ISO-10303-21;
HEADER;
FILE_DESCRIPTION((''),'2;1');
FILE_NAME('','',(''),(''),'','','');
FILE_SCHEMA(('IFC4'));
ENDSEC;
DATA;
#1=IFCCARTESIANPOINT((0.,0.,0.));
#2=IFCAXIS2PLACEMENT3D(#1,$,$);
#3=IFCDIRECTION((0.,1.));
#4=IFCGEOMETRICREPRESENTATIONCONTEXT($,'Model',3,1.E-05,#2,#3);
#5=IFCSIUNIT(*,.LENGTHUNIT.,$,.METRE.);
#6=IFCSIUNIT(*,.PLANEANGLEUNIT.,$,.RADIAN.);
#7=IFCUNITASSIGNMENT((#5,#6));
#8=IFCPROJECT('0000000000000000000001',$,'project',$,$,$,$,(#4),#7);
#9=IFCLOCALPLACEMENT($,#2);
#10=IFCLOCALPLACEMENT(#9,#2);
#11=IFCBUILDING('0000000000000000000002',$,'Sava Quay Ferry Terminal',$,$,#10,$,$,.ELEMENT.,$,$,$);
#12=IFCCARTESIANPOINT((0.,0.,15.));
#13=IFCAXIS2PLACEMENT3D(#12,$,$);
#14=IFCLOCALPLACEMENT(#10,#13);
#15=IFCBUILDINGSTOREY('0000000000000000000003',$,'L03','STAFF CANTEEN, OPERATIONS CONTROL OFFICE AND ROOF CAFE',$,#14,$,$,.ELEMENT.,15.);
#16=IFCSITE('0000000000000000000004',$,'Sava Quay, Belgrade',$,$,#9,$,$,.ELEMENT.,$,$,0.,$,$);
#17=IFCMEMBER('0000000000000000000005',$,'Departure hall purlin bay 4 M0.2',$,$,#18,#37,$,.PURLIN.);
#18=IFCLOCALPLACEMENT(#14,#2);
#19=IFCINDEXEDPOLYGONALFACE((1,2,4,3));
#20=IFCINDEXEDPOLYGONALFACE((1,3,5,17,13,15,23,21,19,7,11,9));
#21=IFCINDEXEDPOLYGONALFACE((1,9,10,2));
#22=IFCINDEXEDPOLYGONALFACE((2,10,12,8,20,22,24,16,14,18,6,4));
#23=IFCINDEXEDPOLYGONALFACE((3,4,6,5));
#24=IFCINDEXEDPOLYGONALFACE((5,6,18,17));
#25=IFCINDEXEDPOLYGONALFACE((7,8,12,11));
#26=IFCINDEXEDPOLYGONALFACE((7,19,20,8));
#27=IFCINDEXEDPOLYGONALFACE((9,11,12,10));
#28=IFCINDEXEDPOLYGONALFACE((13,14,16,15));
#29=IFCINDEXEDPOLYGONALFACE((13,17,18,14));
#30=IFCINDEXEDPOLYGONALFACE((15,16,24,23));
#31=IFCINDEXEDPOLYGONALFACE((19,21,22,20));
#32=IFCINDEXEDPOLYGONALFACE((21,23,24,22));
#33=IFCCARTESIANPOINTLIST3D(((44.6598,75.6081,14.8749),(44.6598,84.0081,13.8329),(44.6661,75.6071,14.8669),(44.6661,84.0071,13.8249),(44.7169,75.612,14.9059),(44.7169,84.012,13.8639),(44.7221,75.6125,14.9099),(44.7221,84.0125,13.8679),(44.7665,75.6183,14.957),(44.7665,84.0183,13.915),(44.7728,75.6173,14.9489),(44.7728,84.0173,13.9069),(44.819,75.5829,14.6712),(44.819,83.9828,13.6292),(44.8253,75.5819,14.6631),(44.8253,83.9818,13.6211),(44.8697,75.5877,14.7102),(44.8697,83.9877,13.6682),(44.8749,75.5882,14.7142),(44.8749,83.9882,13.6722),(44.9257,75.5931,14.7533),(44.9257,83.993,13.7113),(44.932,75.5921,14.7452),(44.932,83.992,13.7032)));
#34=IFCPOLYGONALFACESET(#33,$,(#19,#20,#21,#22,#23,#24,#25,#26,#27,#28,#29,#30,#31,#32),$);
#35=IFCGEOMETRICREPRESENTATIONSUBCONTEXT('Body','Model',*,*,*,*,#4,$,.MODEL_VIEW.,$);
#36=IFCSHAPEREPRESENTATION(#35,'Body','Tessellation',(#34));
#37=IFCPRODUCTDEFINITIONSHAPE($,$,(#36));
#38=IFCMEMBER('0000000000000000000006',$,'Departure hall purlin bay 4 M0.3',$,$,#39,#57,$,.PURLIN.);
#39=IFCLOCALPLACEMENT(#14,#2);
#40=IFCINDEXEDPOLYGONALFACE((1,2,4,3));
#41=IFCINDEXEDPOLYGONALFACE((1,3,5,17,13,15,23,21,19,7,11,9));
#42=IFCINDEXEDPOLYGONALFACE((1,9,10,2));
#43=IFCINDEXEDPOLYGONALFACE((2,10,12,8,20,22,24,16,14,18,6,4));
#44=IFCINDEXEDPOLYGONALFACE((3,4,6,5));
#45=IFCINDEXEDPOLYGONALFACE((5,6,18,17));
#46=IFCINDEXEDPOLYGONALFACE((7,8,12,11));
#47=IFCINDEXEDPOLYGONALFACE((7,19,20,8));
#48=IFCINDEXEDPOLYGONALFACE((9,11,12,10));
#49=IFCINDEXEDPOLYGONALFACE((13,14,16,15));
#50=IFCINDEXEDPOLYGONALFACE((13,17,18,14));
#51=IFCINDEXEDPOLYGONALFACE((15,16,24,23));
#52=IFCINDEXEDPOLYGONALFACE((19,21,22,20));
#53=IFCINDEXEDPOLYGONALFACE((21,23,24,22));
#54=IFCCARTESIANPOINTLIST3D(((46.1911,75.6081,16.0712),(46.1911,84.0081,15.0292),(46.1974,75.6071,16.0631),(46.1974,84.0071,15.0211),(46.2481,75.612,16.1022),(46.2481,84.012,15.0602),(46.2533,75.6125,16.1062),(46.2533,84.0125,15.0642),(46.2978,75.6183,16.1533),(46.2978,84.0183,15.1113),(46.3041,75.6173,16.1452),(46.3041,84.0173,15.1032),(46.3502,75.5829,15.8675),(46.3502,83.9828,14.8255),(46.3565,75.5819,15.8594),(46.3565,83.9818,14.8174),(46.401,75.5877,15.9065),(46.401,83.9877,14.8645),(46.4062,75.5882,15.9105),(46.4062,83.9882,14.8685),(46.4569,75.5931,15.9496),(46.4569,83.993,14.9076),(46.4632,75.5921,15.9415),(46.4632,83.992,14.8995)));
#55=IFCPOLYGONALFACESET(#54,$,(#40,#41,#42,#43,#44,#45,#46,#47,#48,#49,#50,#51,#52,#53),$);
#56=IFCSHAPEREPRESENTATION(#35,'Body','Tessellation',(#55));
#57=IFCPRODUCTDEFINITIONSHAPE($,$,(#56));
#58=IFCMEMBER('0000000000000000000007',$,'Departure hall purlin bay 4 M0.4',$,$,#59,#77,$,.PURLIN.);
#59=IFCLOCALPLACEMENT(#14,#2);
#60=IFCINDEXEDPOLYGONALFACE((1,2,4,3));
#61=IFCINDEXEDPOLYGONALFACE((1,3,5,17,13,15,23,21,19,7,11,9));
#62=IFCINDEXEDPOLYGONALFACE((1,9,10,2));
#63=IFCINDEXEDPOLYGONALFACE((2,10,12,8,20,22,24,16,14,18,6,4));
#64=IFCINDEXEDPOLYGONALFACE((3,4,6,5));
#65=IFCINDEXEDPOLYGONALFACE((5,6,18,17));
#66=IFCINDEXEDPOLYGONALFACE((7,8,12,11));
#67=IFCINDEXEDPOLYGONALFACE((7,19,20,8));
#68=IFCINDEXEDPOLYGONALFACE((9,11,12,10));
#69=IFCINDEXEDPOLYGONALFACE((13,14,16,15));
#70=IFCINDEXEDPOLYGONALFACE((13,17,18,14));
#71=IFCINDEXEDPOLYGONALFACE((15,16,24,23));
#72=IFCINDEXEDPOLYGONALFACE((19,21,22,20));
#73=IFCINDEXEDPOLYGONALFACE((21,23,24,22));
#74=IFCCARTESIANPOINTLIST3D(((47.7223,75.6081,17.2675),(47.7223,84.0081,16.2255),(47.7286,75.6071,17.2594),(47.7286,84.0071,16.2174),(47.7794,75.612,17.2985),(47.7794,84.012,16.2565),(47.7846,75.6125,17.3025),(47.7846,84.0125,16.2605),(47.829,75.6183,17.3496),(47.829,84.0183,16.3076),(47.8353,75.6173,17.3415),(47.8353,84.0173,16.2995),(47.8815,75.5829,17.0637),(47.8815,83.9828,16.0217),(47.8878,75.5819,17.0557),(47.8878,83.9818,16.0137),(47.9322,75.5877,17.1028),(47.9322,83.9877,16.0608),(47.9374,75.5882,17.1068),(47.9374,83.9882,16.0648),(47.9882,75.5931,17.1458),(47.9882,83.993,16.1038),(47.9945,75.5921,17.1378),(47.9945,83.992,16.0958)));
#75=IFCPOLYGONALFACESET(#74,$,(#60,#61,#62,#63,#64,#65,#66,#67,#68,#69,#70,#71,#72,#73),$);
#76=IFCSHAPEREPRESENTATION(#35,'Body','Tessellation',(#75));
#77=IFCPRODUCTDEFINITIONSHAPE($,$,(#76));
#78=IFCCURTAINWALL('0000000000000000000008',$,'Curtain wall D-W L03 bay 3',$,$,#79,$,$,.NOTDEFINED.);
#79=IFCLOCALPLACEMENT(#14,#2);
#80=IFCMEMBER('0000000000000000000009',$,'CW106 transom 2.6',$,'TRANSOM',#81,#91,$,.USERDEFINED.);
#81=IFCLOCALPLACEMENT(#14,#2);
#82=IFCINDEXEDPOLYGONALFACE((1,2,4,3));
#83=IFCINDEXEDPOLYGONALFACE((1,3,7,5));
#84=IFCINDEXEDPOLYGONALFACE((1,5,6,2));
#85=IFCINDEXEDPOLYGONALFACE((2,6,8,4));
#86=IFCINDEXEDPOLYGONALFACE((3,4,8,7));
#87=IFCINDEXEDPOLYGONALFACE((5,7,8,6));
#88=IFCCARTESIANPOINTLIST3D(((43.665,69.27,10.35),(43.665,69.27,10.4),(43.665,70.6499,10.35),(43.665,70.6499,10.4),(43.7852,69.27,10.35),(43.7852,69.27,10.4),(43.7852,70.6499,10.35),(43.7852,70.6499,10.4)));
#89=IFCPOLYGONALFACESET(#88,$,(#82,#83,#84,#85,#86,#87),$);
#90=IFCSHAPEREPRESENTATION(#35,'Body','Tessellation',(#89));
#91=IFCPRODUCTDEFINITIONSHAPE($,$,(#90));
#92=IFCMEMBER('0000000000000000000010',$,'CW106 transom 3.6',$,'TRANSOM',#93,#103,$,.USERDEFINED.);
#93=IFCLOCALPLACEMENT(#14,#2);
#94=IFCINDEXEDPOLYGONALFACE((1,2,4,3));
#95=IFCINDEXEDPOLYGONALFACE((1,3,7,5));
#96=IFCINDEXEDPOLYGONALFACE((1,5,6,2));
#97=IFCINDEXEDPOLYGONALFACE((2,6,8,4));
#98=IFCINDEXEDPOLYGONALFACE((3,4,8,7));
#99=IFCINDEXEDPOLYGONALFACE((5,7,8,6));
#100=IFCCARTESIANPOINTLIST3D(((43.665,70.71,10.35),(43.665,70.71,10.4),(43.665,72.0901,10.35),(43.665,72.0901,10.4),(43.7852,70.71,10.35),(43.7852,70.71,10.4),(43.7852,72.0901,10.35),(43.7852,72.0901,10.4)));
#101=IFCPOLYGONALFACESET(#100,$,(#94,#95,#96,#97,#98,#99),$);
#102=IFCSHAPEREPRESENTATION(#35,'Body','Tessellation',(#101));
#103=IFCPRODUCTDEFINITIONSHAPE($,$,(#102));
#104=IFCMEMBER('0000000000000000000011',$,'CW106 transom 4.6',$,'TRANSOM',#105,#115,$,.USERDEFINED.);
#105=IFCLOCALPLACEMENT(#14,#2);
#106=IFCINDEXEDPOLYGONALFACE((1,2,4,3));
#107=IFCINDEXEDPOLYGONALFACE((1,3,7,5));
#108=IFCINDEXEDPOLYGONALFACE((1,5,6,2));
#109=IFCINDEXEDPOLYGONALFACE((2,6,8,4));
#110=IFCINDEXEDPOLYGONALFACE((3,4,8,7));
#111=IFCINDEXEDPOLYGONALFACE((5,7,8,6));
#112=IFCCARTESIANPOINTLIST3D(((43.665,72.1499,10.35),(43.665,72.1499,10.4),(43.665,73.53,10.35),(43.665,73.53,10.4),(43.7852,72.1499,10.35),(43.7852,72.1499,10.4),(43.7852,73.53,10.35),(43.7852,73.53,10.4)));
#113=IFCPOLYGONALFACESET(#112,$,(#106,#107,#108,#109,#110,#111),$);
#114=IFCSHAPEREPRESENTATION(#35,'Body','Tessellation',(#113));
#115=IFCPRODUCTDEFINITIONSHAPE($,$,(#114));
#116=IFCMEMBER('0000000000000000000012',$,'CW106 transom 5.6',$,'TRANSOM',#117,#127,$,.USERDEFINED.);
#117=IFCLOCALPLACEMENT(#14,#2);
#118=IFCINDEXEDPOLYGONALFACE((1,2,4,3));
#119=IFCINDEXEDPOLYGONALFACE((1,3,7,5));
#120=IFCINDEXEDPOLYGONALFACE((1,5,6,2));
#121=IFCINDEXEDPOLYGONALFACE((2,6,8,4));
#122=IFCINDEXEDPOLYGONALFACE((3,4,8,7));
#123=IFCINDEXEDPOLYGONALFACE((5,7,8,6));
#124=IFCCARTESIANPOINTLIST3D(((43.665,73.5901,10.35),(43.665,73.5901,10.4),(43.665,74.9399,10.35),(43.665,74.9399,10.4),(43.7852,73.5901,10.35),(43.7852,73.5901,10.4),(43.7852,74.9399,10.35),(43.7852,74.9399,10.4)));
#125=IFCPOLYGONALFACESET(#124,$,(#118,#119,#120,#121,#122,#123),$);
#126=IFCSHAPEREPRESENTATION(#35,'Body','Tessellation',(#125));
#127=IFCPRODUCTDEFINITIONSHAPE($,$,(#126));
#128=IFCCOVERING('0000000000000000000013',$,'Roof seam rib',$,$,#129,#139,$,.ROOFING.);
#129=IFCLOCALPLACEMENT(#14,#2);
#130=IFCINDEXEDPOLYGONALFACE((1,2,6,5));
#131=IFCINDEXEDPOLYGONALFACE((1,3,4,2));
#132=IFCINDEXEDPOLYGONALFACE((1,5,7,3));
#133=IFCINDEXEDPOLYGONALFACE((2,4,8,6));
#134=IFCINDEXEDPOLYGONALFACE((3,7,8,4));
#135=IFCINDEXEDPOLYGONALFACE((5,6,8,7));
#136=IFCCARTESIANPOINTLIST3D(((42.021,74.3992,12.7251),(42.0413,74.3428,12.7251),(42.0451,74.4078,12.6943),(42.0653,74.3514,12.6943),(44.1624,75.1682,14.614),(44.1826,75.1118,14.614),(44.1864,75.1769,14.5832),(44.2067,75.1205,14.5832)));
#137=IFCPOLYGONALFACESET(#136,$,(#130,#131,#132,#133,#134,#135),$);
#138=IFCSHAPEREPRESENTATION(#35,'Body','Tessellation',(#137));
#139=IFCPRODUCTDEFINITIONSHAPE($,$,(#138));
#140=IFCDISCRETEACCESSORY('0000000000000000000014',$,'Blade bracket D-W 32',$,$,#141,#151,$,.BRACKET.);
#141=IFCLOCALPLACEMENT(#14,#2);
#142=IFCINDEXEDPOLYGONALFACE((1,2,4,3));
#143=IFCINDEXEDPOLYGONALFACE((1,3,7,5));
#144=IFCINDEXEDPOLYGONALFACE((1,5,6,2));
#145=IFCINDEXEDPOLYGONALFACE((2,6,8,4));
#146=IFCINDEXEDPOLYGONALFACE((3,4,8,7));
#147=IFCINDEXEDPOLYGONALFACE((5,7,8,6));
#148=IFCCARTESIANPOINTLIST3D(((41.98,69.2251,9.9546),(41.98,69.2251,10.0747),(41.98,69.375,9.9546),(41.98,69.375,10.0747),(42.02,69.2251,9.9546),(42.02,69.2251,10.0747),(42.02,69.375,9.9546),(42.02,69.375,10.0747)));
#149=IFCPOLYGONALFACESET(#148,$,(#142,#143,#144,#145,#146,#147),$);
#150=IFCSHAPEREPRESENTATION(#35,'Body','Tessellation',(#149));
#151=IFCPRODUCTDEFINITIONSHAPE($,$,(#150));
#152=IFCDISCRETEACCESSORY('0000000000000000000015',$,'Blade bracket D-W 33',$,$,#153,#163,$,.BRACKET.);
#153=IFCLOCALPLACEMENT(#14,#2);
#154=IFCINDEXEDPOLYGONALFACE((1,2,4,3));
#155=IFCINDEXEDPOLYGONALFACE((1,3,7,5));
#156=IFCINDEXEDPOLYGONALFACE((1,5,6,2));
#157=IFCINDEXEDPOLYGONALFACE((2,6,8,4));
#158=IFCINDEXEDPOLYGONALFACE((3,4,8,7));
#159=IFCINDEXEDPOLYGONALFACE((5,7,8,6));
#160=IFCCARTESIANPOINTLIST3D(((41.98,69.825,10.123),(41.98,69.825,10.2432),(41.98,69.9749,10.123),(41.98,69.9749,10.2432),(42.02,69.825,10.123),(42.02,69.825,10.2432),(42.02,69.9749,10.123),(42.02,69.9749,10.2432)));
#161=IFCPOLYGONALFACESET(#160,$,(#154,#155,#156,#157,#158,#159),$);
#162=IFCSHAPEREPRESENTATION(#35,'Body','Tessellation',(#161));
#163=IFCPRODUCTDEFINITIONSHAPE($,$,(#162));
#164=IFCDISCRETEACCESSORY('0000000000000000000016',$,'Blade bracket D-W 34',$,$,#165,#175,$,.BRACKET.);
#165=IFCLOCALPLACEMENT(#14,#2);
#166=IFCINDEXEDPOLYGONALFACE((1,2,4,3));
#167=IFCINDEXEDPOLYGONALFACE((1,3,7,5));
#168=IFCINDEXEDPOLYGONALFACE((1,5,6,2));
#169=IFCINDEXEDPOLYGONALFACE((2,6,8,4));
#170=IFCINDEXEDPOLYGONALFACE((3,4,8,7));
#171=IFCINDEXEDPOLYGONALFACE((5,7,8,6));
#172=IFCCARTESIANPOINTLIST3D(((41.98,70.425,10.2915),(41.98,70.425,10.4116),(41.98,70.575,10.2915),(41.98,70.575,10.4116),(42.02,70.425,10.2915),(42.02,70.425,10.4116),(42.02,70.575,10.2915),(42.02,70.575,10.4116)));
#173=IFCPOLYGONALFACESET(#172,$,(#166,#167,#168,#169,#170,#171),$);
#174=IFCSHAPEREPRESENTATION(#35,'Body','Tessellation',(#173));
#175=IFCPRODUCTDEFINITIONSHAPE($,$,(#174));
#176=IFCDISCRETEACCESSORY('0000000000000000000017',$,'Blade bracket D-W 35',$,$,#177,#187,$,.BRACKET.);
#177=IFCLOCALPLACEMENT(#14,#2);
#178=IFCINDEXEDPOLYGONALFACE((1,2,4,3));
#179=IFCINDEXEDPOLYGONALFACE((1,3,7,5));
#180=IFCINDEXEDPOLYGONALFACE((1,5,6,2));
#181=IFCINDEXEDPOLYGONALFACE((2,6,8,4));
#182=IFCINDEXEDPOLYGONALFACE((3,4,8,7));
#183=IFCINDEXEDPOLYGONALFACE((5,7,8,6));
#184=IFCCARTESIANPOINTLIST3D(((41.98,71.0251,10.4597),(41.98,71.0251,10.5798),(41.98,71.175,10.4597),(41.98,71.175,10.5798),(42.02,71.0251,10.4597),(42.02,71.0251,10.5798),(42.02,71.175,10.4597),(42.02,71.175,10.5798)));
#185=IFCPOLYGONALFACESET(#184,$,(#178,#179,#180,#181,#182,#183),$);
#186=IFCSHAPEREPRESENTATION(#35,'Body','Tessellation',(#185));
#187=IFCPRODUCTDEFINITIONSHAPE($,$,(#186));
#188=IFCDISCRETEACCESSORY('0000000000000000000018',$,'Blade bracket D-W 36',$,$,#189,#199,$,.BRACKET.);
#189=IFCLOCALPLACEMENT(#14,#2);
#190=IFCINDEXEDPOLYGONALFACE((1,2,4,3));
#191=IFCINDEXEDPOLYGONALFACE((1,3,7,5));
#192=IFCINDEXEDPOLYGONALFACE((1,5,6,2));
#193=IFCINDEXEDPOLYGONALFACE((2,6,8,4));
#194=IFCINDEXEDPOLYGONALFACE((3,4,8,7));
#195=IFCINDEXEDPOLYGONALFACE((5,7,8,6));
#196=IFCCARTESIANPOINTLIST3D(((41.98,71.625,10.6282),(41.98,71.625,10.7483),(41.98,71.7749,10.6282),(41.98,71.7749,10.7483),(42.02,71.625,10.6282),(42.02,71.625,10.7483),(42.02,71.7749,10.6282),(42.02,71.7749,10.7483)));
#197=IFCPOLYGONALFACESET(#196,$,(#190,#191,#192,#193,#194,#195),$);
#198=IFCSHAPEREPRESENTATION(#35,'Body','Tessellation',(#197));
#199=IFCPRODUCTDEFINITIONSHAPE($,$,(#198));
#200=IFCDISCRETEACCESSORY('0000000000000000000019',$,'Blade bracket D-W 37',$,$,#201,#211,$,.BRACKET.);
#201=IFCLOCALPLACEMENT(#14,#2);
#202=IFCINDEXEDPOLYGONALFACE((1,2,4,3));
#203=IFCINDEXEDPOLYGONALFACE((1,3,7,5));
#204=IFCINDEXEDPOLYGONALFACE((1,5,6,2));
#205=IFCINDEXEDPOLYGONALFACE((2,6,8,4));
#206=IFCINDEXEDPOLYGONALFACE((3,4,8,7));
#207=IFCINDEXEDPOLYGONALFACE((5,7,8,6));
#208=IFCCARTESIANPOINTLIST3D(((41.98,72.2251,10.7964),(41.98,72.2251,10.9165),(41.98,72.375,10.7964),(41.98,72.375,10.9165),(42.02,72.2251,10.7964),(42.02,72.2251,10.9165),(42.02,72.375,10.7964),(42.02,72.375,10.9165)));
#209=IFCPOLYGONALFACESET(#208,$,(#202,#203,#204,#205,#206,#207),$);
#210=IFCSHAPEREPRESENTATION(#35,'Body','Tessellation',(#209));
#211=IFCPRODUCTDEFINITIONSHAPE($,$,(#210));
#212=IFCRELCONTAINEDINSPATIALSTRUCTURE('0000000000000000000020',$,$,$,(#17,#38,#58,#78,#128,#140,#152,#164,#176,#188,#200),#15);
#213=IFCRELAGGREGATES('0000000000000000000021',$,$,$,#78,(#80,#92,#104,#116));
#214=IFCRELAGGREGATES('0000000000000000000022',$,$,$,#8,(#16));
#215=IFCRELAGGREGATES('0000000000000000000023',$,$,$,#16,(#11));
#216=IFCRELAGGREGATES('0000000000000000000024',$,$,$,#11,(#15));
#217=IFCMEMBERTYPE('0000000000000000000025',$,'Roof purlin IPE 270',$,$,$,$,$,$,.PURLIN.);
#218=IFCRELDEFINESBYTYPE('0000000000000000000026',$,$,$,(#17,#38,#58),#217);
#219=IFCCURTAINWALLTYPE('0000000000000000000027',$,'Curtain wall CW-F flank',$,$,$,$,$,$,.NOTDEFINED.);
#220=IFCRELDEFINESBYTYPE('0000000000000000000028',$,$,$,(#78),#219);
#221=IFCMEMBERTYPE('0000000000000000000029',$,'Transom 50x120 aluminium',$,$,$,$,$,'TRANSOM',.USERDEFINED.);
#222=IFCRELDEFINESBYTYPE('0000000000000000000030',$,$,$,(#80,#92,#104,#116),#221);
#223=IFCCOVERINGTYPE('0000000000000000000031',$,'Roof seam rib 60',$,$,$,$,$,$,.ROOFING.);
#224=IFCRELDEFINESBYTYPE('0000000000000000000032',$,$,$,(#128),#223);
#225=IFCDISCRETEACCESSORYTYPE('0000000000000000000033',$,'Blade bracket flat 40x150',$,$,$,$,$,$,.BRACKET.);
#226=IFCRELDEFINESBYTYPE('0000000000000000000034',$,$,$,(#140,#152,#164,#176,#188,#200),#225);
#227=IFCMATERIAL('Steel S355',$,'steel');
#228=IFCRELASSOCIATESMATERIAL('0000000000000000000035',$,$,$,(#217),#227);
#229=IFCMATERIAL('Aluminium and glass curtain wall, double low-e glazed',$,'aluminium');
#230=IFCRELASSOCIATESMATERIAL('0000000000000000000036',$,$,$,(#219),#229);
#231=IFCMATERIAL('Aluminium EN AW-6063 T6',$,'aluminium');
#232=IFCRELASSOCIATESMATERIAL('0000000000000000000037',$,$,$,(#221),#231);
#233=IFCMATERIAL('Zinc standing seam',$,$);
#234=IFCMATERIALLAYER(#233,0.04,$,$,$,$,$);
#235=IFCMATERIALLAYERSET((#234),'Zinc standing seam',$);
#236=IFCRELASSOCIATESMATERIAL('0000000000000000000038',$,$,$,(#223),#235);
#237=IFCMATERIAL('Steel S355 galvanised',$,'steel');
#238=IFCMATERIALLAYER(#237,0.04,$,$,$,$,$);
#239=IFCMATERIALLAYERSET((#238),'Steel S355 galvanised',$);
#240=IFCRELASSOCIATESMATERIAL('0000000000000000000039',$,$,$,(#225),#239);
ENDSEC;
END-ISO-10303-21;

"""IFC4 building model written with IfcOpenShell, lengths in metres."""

from ifc_helpers import new_model, si_unit, direction, frame, origin, origin_2d, place, context, subcontext, project, spatial, polyline, rectangle, i_section, outline, extrude, material, layer, layer_set, material_profile, profile_set, type_object, element, aggregate, save


model = new_model("IFC4")

# Units and contexts
model_context = context("Model", 3, precision=1e-05, world=origin(), true_north=direction((0.0, 1.0)))
body_context = subcontext(model_context, "Body", "Model", "MODEL_VIEW")
ifc_project = project(units=[si_unit("LENGTHUNIT", "METRE"), si_unit("PLANEANGLEUNIT", "RADIAN")], contexts=[model_context])

# Site, building, storey
site_placement = place(None, origin())
site = spatial("IfcSite", under=ifc_project, at=site_placement, Name="Sava Quay, Belgrade", CompositionType="ELEMENT", RefElevation=0.0)
building_placement = place(site_placement, origin())
building = spatial("IfcBuilding", under=site, at=building_placement, Name="Sava Quay Ferry Terminal", CompositionType="ELEMENT")
storey_placement = place(building_placement, frame((0.0, 0.0, 15.0)))
storey = spatial("IfcBuildingStorey", under=building, at=storey_placement, Name="L03", Description="STAFF CANTEEN, OPERATIONS CONTROL OFFICE AND ROOF CAFE", CompositionType="ELEMENT", Elevation=15.0)

# Members
ifc_material_1 = material(Name="Steel S355", Category="steel")
ifc_material_profile_1 = material_profile(ifc_material_1, i_section(OverallWidth=0.135, OverallDepth=0.27, WebThickness=0.0066, FlangeThickness=0.0103, at=origin_2d()), Name="IPE 270")
ifc_profile_set_1 = profile_set([ifc_material_profile_1], Name="Steel S355")
member_type_1 = type_object("IfcMemberType", Name="Roof purlin IPE 270", PredefinedType="PURLIN", material=ifc_profile_set_1)
for number, where, z_axis, x_axis, name in (
    (1, (44.7959, 75.6001, 14.8101), (0.0, 0.992394, -0.123105), (-0.790284, -0.075431, -0.60808), "Departure hall purlin bay 4 M0.2"),
    (2, (46.3271, 75.6001, 16.0063), (0.0, 0.992394, -0.123105), (-0.790284, -0.075431, -0.60808), "Departure hall purlin bay 4 M0.3"),
    (3, (47.8584, 75.6001, 17.2026), (0.0, 0.992394, -0.123105), (-0.790284, -0.075431, -0.60808), "Departure hall purlin bay 4 M0.4"),
):
    element("IfcMember", number, at=place(storey_placement, frame(where, z_axis=z_axis, x_axis=x_axis)), inside=storey, type_object=member_type_1, Name=name, PredefinedType="PURLIN", context=body_context, shape_type="SweptSolid", body=[
        extrude(i_section(OverallWidth=0.135, OverallDepth=0.27, WebThickness=0.0066, FlangeThickness=0.0103, at=origin_2d()), origin(), (0.0, 0.0, 1.0), 8.4644),
    ])

# Curtain wall, members
ifc_material_2 = material(Name="Aluminium and glass curtain wall, double low-e glazed", Category="aluminium")
curtain_wall_type = type_object("IfcCurtainWallType", Name="Curtain wall CW-F flank", PredefinedType="NOTDEFINED", material=ifc_material_2)
curtain_wall_placement = place(storey_placement, origin())
curtain_wall = element("IfcCurtainWall", 4, at=curtain_wall_placement, inside=storey, type_object=curtain_wall_type, Name="Curtain wall D-W L03 bay 3", PredefinedType="NOTDEFINED")
ifc_material_3 = material(Name="Aluminium EN AW-6063 T6", Category="aluminium")
ifc_material_profile_2 = material_profile(ifc_material_3, rectangle(XDim=0.1201, YDim=0.05, at=origin_2d()), Name="Transom 50x120 aluminium")
ifc_profile_set_2 = profile_set([ifc_material_profile_2], Name="Aluminium EN AW-6063 T6")
member_type_2 = type_object("IfcMemberType", Name="Transom 50x120 aluminium", ElementType="TRANSOM", PredefinedType="USERDEFINED", material=ifc_profile_set_2)
member_1_placement = place(storey_placement, frame((43.7251, 69.27, 10.375), z_axis=(0.0, 1.0, 0.0), x_axis=(-1.0, 0.0, 0.0)))
member_1 = element("IfcMember", 5, at=member_1_placement, type_object=member_type_2, Name="CW106 transom 2.6", ObjectType="TRANSOM", PredefinedType="USERDEFINED", context=body_context, shape_type="SweptSolid", body=[
    extrude(rectangle(XDim=0.1201, YDim=0.05, at=origin_2d()), origin(), (0.0, 0.0, 1.0), 1.3799),
])
member_2_placement = place(storey_placement, frame((43.7251, 70.71, 10.375), z_axis=(0.0, 1.0, 0.0), x_axis=(-1.0, 0.0, 0.0)))
member_2 = element("IfcMember", 6, at=member_2_placement, type_object=member_type_2, Name="CW106 transom 3.6", ObjectType="TRANSOM", PredefinedType="USERDEFINED", context=body_context, shape_type="SweptSolid", body=[
    extrude(rectangle(XDim=0.1201, YDim=0.05, at=origin_2d()), origin(), (0.0, 0.0, 1.0), 1.3801),
])
member_3_placement = place(storey_placement, frame((43.7251, 72.1499, 10.375), z_axis=(0.0, 1.0, 0.0), x_axis=(-1.0, 0.0, 0.0)))
member_3 = element("IfcMember", 7, at=member_3_placement, type_object=member_type_2, Name="CW106 transom 4.6", ObjectType="TRANSOM", PredefinedType="USERDEFINED", context=body_context, shape_type="SweptSolid", body=[
    extrude(rectangle(XDim=0.1201, YDim=0.05, at=origin_2d()), origin(), (0.0, 0.0, 1.0), 1.3801),
])
member_4_placement = place(storey_placement, frame((43.7251, 73.5901, 10.375), z_axis=(0.0, 1.0, 0.0), x_axis=(-1.0, 0.0, 0.0)))
member_4 = element("IfcMember", 8, at=member_4_placement, type_object=member_type_2, Name="CW106 transom 5.6", ObjectType="TRANSOM", PredefinedType="USERDEFINED", context=body_context, shape_type="SweptSolid", body=[
    extrude(rectangle(XDim=0.1201, YDim=0.05, at=origin_2d()), origin(), (0.0, 0.0, 1.0), 1.3499),
])
aggregate(curtain_wall, [member_1, member_2, member_3, member_4])

# Covering
ifc_material_4 = material(Name="Zinc standing seam")
ifc_layer_1 = layer(ifc_material_4, 0.04)
ifc_layer_set_1 = layer_set([ifc_layer_1], Name="Zinc standing seam")
covering_type = type_object("IfcCoveringType", Name="Roof seam rib 60", PredefinedType="ROOFING", material=ifc_layer_set_1)
covering_placement = place(storey_placement, frame((42.021, 74.3992, 12.7251), z_axis=(-0.601132, -0.215991, 0.769407), x_axis=(0.724124, 0.260061, 0.638758)))
element("IfcCovering", 9, at=covering_placement, inside=storey, type_object=covering_type, Name="Roof seam rib", PredefinedType="ROOFING", context=body_context, shape_type="SweptSolid", body=[
    extrude(outline(polyline([(0.0, 0.0), (2.9572, 0.0), (2.9572, -0.0599), (0.0, -0.0599), (0.0, 0.0)])), origin(), (0.0, 0.0, -1.0), 0.04),
])

# Discrete accessories
ifc_material_5 = material(Name="Steel S355 galvanised", Category="steel")
ifc_layer_2 = layer(ifc_material_5, 0.04)
ifc_layer_set_2 = layer_set([ifc_layer_2], Name="Steel S355 galvanised")
discrete_accessory_type_1 = type_object("IfcDiscreteAccessoryType", Name="Blade bracket flat 40x150", PredefinedType="BRACKET", material=ifc_layer_set_2)
for number, where, z_axis, x_axis, name in (
    (10, (42.0, 69.3, 9.9546), (0.0, 0.0, 1.0), (1.0, 0.0, 0.0), "Blade bracket D-W 32"),
    (11, (42.0, 69.8999, 10.123), (0.0, 0.0, 1.0), (1.0, 0.0, 0.0), "Blade bracket D-W 33"),
    (12, (42.0, 70.5, 10.2915), (0.0, 0.0, 1.0), (1.0, 0.0, 0.0), "Blade bracket D-W 34"),
    (13, (42.0, 71.1001, 10.4597), (0.0, 0.0, 1.0), (1.0, 0.0, 0.0), "Blade bracket D-W 35"),
    (14, (42.0, 71.7, 10.6282), (0.0, 0.0, 1.0), (1.0, 0.0, 0.0), "Blade bracket D-W 36"),
    (15, (42.0, 72.3, 10.7964), (0.0, 0.0, 1.0), (1.0, 0.0, 0.0), "Blade bracket D-W 37"),
):
    element("IfcDiscreteAccessory", number, at=place(storey_placement, frame(where, z_axis=z_axis, x_axis=x_axis)), inside=storey, type_object=discrete_accessory_type_1, Name=name, PredefinedType="BRACKET", context=body_context, shape_type="SweptSolid", body=[
        extrude(rectangle(XDim=0.04, YDim=0.1499, at=origin_2d()), origin(), (0.0, 0.0, 1.0), 0.1201),
    ])

save(model, "model.ifc")
